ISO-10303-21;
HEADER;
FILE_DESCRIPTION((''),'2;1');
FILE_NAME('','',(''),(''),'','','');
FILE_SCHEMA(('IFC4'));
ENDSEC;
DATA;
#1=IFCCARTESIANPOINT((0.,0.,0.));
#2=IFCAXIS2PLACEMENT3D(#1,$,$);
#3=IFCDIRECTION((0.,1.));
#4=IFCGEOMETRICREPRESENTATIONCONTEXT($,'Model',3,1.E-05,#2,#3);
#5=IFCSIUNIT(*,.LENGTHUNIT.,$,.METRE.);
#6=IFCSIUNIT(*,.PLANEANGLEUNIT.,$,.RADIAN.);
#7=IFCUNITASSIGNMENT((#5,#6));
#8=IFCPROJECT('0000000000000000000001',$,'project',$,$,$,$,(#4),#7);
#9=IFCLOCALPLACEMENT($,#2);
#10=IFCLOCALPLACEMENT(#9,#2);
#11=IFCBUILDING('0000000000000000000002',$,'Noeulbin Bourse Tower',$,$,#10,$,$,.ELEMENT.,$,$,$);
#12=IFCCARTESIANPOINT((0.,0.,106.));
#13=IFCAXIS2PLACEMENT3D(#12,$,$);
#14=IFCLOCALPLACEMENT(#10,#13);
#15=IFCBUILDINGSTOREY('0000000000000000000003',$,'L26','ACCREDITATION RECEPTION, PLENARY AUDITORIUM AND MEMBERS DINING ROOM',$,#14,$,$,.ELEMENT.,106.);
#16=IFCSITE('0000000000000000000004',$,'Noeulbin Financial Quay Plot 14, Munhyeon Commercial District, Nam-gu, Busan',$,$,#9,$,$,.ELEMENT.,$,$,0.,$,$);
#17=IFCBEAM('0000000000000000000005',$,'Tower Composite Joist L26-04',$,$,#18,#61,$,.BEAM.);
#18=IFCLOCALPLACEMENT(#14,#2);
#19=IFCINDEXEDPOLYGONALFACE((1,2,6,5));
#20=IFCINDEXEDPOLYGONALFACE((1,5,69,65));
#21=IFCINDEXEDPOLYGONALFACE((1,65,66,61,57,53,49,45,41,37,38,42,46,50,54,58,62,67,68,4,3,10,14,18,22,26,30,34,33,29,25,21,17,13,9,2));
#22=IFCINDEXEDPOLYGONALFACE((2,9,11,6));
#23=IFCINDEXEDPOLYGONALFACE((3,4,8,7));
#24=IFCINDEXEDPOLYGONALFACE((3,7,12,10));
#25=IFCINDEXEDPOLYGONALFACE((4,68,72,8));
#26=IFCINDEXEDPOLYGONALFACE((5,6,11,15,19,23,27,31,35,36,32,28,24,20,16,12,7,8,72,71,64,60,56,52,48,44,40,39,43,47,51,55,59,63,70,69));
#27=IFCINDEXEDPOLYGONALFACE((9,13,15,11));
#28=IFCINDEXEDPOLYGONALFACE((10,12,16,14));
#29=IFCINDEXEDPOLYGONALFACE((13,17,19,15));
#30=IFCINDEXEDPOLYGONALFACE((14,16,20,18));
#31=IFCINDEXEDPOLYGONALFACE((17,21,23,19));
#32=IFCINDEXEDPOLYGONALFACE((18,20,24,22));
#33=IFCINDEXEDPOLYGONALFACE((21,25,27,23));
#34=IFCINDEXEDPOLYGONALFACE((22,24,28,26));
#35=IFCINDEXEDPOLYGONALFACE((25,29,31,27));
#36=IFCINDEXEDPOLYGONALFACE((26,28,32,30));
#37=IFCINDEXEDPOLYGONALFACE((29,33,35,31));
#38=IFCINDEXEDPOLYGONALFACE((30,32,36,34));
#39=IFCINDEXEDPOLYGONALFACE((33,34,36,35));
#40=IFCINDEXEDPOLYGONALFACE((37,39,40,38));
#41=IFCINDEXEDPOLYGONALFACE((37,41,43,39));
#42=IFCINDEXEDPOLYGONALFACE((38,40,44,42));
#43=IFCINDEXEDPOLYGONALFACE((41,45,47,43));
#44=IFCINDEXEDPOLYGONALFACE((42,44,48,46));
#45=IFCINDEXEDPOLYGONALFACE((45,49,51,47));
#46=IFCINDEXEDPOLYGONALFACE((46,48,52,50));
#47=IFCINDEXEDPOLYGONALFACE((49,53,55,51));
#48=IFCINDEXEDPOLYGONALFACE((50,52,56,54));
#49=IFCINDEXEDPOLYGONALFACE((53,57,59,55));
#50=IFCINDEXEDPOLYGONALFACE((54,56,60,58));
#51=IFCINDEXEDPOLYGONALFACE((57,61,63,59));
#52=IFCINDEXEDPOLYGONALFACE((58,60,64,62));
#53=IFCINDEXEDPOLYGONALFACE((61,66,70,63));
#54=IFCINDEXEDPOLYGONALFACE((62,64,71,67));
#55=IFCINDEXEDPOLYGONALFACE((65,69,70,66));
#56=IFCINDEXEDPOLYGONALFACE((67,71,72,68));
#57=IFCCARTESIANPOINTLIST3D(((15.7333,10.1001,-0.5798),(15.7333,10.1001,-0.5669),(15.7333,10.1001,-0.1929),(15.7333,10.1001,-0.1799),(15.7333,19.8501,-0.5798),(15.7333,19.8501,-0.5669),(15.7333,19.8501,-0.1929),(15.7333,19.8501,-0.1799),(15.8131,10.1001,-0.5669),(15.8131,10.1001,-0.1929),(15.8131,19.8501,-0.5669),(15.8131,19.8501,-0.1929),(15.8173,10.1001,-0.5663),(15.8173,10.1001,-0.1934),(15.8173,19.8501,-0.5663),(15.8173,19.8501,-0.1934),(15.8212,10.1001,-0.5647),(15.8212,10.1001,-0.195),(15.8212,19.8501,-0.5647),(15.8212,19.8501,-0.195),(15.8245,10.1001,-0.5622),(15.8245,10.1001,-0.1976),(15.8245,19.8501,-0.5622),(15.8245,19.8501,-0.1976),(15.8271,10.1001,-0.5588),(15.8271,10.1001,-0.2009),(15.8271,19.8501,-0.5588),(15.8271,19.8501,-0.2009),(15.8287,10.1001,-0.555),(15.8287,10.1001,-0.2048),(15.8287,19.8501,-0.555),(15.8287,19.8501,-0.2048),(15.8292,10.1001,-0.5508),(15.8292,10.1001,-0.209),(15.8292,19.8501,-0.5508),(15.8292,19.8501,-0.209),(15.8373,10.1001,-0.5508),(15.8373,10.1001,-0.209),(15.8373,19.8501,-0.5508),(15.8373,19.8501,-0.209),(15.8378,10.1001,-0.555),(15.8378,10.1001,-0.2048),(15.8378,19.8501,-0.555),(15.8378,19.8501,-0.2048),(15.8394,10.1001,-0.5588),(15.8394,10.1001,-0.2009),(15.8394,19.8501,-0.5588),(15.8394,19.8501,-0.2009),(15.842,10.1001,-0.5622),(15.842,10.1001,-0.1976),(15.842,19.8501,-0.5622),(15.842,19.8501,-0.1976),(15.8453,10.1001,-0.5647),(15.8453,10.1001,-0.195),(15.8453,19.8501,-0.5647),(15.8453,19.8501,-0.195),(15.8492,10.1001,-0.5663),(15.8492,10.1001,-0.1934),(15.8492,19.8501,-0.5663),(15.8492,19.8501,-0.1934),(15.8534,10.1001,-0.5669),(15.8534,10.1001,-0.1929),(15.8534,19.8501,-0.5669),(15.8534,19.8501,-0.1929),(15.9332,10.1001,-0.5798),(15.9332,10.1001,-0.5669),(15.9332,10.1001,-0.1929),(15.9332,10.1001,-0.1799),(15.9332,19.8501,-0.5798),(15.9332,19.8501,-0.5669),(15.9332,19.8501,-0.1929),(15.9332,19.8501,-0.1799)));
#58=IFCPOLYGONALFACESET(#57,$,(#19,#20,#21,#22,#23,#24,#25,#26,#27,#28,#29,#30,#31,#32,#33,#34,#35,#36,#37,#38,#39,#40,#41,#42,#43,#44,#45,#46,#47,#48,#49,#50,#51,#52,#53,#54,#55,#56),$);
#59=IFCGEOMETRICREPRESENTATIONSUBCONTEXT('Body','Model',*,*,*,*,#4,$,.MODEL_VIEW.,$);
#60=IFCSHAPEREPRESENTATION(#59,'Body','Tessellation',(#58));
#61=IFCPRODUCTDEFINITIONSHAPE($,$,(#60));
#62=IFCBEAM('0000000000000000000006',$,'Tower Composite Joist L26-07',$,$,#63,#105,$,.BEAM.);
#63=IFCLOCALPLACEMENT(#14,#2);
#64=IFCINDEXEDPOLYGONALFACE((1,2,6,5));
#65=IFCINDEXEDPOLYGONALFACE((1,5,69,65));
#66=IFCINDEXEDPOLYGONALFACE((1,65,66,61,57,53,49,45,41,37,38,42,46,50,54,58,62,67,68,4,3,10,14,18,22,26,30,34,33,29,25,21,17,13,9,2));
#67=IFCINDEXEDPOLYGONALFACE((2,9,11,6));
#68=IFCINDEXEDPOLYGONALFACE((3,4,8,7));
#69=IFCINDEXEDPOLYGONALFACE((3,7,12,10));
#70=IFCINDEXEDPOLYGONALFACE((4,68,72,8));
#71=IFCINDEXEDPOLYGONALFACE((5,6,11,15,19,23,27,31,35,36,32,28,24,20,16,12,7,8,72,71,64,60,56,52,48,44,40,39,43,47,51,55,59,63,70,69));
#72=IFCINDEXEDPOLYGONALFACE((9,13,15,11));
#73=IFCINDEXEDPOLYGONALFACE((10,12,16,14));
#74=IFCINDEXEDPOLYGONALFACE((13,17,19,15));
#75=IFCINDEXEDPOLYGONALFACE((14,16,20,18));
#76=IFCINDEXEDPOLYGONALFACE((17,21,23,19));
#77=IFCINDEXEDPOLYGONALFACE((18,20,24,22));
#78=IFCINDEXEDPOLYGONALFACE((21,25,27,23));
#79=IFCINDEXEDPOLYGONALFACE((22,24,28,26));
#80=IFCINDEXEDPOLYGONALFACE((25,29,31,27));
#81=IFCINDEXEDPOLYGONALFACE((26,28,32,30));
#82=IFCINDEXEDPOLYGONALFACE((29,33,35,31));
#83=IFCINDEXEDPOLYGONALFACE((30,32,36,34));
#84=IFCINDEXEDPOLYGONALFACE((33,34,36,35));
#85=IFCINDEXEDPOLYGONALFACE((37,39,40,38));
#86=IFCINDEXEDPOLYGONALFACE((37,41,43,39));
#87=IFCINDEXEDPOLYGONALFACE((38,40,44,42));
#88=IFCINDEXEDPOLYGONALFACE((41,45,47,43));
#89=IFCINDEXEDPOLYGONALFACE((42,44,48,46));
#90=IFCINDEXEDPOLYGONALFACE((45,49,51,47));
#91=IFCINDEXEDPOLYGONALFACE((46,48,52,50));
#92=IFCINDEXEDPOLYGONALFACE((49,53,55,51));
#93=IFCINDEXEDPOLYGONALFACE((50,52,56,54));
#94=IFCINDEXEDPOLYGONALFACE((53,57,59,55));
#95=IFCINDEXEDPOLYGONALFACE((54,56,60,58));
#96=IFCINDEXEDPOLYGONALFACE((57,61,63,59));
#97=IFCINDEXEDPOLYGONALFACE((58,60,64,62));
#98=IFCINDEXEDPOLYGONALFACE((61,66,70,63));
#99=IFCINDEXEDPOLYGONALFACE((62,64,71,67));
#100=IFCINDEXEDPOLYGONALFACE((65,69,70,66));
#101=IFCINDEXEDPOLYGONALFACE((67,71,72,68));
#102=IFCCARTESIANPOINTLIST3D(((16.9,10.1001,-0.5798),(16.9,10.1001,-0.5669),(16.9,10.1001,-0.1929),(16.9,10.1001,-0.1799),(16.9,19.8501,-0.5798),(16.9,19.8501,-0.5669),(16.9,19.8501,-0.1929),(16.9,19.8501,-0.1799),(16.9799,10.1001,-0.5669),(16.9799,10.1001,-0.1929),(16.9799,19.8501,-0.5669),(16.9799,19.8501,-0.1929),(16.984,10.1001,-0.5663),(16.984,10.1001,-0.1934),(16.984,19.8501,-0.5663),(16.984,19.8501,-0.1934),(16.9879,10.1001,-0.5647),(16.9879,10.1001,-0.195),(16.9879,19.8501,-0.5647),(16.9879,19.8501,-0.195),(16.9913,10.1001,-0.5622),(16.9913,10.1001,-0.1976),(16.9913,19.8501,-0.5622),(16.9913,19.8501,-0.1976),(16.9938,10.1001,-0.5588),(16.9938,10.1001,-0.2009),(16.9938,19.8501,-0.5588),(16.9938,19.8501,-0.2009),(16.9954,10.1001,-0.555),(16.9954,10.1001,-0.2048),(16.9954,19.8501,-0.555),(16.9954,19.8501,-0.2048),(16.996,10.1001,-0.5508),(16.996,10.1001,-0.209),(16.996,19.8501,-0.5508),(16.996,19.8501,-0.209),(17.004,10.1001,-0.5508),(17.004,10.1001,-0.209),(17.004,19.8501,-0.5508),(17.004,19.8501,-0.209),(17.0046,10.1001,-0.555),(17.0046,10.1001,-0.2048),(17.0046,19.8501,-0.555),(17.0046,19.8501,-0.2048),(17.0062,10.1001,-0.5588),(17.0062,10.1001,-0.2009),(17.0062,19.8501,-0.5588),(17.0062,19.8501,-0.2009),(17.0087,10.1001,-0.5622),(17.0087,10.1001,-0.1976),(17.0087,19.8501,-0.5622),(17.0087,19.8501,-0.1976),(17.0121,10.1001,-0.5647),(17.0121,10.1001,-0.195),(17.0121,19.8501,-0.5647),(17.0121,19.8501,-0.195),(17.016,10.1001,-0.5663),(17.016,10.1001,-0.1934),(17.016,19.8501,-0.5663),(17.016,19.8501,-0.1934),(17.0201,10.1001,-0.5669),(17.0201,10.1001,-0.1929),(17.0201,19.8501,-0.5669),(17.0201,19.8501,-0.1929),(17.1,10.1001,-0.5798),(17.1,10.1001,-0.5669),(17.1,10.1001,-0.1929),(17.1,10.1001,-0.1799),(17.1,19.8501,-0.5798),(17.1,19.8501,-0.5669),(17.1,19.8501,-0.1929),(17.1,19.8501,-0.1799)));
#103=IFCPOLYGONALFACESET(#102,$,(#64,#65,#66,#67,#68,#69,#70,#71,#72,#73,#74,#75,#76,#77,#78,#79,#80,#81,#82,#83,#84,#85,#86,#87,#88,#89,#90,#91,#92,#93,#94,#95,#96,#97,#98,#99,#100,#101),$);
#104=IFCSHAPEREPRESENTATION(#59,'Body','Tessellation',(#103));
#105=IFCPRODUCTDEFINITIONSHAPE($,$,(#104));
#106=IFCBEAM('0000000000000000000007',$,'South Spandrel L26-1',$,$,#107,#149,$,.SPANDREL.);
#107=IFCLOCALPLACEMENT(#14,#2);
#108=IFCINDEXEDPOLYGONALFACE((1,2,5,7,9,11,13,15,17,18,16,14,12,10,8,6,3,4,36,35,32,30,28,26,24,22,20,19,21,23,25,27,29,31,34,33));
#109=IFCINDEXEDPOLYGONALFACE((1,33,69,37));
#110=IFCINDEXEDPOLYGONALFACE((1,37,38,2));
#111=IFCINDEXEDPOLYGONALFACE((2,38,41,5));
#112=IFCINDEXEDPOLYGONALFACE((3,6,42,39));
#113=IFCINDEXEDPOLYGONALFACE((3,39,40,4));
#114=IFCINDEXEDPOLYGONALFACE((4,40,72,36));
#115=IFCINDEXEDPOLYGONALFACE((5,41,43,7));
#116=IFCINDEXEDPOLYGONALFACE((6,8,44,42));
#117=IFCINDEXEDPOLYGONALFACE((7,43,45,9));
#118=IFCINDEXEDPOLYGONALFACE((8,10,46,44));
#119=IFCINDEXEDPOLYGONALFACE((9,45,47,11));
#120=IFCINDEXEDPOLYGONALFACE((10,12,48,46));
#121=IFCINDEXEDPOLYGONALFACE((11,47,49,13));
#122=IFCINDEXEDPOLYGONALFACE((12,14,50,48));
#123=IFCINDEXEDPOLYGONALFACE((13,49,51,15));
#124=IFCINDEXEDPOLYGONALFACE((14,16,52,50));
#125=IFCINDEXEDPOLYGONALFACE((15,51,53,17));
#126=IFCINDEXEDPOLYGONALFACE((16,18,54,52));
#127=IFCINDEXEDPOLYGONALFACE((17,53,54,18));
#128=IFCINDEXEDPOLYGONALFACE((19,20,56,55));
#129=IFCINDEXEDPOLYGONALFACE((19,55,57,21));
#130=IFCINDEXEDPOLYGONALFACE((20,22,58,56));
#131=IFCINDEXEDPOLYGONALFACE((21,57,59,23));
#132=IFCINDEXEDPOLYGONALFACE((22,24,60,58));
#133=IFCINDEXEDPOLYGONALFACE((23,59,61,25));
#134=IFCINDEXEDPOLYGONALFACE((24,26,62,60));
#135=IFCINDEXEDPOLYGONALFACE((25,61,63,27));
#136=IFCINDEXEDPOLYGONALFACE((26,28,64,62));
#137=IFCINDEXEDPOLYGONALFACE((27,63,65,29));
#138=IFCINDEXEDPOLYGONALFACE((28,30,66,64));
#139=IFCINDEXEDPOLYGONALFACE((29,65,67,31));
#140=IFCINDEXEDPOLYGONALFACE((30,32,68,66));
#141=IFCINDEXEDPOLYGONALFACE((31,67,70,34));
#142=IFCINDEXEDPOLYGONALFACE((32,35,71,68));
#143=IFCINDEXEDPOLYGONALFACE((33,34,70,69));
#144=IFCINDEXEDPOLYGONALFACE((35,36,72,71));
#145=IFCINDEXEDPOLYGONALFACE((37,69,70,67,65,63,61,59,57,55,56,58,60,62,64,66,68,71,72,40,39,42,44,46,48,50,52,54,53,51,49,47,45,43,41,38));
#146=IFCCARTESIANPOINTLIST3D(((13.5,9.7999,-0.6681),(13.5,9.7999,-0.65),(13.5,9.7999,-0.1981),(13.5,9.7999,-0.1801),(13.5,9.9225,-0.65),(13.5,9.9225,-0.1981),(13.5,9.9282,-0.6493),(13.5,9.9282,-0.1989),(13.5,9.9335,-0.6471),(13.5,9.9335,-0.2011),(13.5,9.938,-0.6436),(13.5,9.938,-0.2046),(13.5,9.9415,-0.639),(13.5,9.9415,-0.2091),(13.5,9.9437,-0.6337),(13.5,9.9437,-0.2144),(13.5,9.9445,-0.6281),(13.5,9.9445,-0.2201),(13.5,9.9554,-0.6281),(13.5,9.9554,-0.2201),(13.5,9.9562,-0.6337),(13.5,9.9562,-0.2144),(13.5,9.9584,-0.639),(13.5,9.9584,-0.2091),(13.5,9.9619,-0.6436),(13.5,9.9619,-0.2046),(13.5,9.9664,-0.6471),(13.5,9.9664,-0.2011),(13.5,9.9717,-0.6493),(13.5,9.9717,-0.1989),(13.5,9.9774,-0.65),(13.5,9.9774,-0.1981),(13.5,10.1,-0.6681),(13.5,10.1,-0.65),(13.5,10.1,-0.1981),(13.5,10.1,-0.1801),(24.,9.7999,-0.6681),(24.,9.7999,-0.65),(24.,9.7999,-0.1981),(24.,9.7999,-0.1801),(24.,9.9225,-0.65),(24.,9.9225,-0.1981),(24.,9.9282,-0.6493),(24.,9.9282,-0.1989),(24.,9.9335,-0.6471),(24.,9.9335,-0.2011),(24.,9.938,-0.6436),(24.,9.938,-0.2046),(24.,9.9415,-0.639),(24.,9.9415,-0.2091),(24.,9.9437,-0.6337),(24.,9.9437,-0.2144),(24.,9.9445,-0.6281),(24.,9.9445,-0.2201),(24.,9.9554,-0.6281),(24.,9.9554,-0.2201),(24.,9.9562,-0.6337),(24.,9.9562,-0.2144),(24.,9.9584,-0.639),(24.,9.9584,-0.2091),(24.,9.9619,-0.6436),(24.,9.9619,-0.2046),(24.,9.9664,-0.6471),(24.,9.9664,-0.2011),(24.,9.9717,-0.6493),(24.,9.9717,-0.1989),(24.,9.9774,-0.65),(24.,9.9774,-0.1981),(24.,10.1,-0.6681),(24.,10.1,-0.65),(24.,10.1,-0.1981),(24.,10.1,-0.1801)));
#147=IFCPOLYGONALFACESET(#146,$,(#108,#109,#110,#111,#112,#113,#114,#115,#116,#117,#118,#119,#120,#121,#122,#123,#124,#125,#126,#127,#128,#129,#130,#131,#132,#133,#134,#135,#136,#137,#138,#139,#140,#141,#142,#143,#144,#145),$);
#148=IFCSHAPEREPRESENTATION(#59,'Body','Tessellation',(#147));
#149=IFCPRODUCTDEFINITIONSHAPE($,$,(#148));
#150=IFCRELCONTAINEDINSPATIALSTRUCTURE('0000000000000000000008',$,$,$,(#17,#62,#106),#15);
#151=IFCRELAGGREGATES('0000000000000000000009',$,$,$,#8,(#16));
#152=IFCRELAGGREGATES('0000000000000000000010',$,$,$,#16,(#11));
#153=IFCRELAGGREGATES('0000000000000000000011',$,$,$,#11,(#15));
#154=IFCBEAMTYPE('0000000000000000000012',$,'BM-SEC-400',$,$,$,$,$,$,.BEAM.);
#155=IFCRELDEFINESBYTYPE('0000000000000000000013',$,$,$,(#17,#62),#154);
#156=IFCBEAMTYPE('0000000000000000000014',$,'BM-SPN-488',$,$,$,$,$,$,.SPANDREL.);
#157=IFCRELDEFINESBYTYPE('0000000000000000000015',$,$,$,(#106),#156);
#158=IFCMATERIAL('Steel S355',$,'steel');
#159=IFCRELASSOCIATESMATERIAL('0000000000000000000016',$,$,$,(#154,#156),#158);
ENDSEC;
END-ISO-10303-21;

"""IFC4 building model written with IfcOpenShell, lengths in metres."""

from ifc_helpers import new_model, si_unit, direction, frame, origin, origin_2d, place, context, subcontext, project, spatial, i_section, extrude, material, material_profile, profile_set, type_object, element, save


model = new_model("IFC4")

# Units and contexts
model_context = context("Model", 3, precision=1e-05, world=origin(), true_north=direction((0.0, 1.0)))
body_context = subcontext(model_context, "Body", "Model", "MODEL_VIEW")
ifc_project = project(units=[si_unit("LENGTHUNIT", "METRE"), si_unit("PLANEANGLEUNIT", "RADIAN")], contexts=[model_context])

# Site, building, storey
site_placement = place(None, origin())
site = spatial("IfcSite", under=ifc_project, at=site_placement, Name="Noeulbin Financial Quay Plot 14, Munhyeon Commercial District, Nam-gu, Busan", CompositionType="ELEMENT", RefElevation=0.0)
building_placement = place(site_placement, origin())
building = spatial("IfcBuilding", under=site, at=building_placement, Name="Noeulbin Bourse Tower", CompositionType="ELEMENT")
storey_placement = place(building_placement, frame((0.0, 0.0, 106.0)))
storey = spatial("IfcBuildingStorey", under=building, at=storey_placement, Name="L26", Description="ACCREDITATION RECEPTION, PLENARY AUDITORIUM AND MEMBERS DINING ROOM", CompositionType="ELEMENT", Elevation=106.0)

# Shared definitions
ifc_material_1 = material(Name="Steel S355", Category="steel")

# Beams
ifc_material_profile_1 = material_profile(ifc_material_1, i_section(OverallWidth=0.2, OverallDepth=0.3999, WebThickness=0.0081, FlangeThickness=0.0129, FilletRadius=0.0161, at=origin_2d()), Name="H-400x200x8x13", Category="LoadBearing")
ifc_profile_set_1 = profile_set([ifc_material_profile_1], Name="Steel S355")
beam_type_1 = type_object("IfcBeamType", Name="BM-SEC-400", PredefinedType="BEAM", material=ifc_profile_set_1)
for number, where, z_axis, x_axis, name in (
    (1, (15.8333, 10.1001, -0.3799), (0.0, 1.0, 0.0), (-1.0, 0.0, 0.0), "Tower Composite Joist L26-04"),
    (2, (17.0, 10.1001, -0.3799), (0.0, 1.0, 0.0), (-1.0, 0.0, 0.0), "Tower Composite Joist L26-07"),
):
    element("IfcBeam", number, at=place(storey_placement, frame(where, z_axis=z_axis, x_axis=x_axis)), inside=storey, type_object=beam_type_1, Name=name, PredefinedType="BEAM", context=body_context, shape_type="SweptSolid", body=[
        extrude(i_section(OverallWidth=0.2, OverallDepth=0.3999, WebThickness=0.0081, FlangeThickness=0.0129, FilletRadius=0.0161, at=origin_2d()), origin(), (0.0, 0.0, 1.0), 9.75),
    ])
ifc_material_profile_2 = material_profile(ifc_material_1, i_section(OverallWidth=0.3, OverallDepth=0.488, WebThickness=0.011, FlangeThickness=0.0181, FilletRadius=0.022, at=origin_2d()), Name="H-488x300x11x18", Category="LoadBearing")
ifc_profile_set_2 = profile_set([ifc_material_profile_2], Name="Steel S355")
beam_type_2 = type_object("IfcBeamType", Name="BM-SPN-488", PredefinedType="SPANDREL", material=ifc_profile_set_2)
beam_1_placement = place(storey_placement, frame((13.5, 9.95, -0.4241), z_axis=(1.0, 0.0, 0.0), x_axis=(0.0, 1.0, 0.0)))
element("IfcBeam", 3, at=beam_1_placement, inside=storey, type_object=beam_type_2, Name="South Spandrel L26-1", PredefinedType="SPANDREL", context=body_context, shape_type="SweptSolid", body=[
    extrude(i_section(OverallWidth=0.3, OverallDepth=0.488, WebThickness=0.011, FlangeThickness=0.0181, FilletRadius=0.022, at=origin_2d()), origin(), (0.0, 0.0, 1.0), 10.5),
])

save(model, "model.ifc")
